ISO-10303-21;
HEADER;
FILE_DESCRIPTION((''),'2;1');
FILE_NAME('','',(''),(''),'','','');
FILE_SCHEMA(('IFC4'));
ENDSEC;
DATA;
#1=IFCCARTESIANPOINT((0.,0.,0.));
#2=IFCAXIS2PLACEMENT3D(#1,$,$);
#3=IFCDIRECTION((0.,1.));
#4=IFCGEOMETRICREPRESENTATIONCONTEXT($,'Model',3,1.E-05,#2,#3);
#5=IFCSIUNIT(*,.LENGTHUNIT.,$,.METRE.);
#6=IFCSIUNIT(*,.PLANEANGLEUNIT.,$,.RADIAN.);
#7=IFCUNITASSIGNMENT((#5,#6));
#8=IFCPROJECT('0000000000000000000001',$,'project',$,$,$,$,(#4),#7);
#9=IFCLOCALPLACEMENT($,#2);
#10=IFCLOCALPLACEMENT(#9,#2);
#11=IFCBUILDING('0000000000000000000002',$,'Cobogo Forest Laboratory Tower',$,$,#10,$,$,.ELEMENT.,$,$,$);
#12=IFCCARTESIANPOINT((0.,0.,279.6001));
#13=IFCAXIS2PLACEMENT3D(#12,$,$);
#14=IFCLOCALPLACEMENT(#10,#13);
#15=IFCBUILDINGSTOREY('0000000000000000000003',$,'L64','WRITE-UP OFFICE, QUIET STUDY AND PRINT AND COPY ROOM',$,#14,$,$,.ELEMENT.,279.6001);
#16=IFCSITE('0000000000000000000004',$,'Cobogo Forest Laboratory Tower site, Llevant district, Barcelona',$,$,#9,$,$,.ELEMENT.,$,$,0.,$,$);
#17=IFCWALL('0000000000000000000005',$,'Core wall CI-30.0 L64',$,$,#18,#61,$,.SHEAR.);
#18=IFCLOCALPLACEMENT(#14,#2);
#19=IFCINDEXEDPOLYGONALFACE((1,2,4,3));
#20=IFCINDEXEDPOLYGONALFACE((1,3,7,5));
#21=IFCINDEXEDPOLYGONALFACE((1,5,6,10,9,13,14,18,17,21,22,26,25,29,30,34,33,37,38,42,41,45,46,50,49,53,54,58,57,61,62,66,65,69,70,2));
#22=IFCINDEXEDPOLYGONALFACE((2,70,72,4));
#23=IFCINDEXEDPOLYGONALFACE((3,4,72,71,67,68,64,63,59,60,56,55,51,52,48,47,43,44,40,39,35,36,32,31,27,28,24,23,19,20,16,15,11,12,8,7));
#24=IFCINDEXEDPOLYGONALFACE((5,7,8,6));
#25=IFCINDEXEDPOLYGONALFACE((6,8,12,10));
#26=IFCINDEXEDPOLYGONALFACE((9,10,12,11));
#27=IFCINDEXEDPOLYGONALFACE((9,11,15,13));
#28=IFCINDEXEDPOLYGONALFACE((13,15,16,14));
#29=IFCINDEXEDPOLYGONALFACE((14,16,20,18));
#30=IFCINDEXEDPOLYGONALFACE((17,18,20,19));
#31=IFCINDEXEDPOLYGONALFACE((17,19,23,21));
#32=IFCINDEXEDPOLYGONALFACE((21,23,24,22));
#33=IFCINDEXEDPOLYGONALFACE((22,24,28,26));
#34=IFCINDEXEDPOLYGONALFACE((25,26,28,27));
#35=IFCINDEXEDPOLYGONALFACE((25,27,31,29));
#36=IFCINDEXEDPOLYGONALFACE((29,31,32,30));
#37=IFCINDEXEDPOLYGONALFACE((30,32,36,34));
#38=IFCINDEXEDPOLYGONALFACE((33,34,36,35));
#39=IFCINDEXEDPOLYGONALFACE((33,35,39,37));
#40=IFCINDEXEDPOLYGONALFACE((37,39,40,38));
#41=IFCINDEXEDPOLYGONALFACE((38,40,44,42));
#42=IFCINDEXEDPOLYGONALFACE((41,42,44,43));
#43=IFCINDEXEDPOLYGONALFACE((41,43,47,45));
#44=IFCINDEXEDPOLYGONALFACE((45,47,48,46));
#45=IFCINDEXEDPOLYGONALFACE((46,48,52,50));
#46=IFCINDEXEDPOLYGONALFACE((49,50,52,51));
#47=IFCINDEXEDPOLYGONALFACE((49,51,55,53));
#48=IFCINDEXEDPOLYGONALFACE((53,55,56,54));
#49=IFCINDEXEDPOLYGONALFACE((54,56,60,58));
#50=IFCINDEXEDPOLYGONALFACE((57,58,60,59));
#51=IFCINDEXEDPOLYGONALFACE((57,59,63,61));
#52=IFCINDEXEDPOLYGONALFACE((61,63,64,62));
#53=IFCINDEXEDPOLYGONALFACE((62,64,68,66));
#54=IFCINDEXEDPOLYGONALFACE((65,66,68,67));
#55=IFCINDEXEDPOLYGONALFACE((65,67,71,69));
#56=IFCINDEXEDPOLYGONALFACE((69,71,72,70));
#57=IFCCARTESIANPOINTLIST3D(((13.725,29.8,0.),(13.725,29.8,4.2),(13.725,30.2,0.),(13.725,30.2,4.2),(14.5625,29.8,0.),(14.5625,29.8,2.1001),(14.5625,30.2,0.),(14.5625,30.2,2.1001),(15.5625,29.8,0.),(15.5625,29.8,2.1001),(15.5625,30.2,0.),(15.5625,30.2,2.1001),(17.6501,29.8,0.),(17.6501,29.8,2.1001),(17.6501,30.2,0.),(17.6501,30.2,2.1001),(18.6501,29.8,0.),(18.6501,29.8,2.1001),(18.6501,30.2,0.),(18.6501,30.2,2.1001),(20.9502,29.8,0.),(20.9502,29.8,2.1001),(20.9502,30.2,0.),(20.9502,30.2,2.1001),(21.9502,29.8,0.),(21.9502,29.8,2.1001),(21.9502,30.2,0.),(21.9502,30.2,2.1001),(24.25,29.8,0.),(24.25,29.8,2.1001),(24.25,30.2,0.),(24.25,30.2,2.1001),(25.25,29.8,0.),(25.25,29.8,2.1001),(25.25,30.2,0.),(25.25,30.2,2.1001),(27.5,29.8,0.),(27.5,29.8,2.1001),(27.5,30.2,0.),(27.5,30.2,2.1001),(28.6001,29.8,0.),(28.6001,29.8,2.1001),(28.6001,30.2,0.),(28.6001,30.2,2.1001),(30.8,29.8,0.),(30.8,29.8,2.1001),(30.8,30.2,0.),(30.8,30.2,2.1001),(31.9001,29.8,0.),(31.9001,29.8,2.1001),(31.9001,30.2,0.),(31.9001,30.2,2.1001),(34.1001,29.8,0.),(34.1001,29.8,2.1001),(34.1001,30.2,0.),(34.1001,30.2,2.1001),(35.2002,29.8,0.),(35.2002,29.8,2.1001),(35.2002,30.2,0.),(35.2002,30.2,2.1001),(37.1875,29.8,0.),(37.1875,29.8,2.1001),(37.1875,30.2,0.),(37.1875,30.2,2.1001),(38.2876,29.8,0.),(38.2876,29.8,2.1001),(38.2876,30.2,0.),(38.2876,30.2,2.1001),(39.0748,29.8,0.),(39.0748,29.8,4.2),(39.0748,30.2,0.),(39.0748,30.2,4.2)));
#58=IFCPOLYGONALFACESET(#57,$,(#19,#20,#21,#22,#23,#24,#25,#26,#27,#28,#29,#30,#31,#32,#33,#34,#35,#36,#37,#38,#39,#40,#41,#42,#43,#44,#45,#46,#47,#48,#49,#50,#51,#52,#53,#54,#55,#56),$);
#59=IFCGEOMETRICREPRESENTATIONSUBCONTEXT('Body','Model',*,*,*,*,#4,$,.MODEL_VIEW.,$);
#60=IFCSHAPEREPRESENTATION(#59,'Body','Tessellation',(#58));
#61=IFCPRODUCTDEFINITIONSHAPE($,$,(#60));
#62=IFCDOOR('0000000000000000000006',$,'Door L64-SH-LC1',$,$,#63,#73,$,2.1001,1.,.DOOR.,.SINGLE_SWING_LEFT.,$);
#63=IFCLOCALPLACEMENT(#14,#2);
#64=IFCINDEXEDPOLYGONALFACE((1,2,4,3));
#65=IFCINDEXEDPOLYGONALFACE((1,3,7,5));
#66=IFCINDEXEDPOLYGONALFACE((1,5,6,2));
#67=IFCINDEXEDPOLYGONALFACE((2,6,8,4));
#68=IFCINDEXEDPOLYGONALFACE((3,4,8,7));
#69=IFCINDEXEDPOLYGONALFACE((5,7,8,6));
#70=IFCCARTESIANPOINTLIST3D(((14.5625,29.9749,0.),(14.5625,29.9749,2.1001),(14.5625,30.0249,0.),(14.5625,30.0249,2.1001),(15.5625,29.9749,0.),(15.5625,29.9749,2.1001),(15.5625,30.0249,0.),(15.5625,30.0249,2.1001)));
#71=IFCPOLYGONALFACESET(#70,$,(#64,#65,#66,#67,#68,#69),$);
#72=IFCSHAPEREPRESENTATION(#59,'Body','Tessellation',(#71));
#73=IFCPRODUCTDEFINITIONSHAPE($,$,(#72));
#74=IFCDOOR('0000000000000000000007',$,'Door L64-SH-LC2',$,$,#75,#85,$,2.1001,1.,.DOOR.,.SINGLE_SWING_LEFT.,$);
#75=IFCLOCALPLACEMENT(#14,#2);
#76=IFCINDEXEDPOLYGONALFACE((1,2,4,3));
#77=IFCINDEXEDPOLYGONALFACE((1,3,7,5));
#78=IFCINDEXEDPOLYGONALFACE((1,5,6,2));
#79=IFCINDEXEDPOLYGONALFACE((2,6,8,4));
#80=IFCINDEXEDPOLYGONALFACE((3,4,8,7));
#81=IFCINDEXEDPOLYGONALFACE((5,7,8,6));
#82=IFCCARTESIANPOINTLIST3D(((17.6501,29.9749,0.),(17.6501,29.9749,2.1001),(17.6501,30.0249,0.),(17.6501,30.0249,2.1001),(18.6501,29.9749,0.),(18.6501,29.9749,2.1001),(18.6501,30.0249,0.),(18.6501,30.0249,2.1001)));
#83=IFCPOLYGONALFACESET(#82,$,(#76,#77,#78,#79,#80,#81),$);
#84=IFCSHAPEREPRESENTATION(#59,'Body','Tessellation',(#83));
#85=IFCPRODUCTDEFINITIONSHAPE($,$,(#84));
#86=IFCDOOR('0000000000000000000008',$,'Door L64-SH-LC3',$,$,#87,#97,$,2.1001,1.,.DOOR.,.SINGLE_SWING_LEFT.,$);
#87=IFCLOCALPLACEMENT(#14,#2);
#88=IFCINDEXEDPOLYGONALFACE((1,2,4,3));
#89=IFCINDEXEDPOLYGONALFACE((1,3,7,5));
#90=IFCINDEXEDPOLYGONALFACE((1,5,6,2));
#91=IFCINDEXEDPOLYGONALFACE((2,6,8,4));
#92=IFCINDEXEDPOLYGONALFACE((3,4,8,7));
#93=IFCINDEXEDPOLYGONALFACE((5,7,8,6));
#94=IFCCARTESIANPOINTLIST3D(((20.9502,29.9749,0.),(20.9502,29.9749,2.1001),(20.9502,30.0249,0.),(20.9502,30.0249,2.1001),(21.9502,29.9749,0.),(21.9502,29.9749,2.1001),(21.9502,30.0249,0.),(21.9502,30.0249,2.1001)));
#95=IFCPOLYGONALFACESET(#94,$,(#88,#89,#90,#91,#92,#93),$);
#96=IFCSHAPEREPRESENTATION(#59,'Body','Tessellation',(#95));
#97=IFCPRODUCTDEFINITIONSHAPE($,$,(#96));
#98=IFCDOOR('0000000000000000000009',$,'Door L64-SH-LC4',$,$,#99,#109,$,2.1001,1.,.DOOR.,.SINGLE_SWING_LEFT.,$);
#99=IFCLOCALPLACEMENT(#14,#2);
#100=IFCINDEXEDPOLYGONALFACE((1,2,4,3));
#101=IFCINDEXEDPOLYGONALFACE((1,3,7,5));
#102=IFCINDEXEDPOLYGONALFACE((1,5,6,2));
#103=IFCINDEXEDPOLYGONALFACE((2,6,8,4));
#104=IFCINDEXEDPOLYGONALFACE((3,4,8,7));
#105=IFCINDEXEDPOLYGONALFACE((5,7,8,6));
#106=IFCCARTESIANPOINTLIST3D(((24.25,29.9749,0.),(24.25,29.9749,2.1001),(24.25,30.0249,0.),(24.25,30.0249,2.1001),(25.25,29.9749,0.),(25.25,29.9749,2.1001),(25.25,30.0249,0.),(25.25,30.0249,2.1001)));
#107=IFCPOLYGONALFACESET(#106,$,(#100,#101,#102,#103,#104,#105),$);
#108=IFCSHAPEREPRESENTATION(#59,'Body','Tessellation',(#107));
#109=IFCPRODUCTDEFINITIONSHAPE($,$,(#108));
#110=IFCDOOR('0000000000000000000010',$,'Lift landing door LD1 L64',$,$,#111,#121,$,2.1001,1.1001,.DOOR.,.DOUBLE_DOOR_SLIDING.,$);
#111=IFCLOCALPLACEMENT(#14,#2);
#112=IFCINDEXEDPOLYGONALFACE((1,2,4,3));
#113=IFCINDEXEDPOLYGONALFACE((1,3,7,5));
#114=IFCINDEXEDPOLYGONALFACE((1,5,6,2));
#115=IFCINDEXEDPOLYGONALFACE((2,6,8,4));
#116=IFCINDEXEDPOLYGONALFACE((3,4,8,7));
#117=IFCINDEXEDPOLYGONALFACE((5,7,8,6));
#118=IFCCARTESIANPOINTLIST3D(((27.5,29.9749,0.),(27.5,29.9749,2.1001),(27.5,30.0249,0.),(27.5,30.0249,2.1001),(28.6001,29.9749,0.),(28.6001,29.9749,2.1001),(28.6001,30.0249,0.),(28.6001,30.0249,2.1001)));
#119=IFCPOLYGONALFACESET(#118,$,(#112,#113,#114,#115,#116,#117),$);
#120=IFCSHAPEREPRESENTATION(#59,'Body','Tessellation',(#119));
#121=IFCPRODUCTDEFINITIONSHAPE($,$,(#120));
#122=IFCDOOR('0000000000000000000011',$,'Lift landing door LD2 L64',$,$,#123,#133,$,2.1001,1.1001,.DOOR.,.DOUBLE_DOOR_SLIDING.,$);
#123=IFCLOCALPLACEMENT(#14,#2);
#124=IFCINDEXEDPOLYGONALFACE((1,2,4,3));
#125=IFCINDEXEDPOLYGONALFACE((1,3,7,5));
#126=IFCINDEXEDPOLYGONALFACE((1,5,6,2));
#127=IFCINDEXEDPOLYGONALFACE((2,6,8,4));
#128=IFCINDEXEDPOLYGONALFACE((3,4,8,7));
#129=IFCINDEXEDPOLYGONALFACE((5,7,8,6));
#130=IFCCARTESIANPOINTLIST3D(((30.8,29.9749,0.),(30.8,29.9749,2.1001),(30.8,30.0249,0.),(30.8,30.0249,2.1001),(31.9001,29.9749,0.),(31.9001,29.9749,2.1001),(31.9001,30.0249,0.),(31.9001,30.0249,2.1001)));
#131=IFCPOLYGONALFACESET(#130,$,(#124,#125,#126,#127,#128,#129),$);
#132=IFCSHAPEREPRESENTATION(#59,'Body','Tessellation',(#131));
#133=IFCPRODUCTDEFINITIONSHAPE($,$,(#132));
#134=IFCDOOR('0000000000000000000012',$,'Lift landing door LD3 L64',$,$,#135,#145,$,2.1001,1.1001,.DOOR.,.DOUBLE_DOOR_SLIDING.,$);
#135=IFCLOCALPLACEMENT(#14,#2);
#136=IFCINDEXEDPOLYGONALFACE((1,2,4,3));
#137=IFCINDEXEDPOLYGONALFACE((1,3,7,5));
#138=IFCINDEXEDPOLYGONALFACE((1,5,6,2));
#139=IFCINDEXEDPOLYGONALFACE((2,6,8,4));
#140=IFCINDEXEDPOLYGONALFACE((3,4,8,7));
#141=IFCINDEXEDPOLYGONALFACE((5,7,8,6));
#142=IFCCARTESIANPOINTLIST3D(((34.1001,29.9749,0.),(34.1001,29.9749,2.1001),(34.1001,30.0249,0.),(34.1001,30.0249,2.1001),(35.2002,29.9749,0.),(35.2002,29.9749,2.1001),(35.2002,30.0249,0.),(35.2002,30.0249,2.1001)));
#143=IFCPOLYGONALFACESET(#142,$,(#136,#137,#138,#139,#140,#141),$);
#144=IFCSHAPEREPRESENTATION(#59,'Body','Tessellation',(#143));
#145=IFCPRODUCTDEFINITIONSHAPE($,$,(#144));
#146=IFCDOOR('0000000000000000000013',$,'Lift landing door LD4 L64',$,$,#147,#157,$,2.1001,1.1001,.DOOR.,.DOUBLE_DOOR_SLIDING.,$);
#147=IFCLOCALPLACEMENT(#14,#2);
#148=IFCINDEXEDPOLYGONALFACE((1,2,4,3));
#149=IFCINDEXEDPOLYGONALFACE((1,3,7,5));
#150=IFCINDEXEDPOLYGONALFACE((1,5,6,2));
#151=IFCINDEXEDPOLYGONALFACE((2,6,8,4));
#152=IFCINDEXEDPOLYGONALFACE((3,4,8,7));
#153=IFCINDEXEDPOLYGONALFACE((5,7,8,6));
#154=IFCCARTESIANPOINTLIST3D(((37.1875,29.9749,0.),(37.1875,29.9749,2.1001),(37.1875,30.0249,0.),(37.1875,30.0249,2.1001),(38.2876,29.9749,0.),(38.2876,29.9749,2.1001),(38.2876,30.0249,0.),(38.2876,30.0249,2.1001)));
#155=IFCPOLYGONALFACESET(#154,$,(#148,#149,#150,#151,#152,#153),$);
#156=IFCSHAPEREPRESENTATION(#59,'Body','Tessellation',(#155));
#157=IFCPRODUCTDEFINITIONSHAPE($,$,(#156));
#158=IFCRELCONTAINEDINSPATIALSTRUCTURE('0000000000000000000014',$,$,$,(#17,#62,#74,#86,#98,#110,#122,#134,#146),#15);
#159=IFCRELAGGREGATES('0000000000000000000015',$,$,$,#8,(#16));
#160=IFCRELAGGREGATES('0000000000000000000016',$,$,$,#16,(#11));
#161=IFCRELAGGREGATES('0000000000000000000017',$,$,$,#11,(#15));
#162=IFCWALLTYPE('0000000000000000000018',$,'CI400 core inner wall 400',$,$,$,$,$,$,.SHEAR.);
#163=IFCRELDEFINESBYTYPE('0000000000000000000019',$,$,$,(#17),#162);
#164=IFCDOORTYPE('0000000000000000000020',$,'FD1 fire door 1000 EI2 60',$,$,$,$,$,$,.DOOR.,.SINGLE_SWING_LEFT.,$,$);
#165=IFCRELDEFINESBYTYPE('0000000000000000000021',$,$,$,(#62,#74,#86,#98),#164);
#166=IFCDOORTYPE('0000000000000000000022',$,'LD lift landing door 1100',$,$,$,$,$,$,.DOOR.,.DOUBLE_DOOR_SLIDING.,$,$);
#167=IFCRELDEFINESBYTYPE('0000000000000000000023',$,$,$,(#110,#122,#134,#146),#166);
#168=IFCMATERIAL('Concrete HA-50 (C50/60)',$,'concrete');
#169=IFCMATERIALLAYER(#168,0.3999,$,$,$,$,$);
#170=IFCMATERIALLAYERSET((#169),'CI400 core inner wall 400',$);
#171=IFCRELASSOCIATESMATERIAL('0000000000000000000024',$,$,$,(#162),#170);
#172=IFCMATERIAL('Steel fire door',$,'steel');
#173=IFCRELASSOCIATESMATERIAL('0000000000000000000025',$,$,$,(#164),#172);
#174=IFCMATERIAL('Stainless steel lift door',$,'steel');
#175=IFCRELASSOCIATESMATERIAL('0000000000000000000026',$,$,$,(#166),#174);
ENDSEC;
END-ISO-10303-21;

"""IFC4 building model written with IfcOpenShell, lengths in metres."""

from ifc_helpers import new_model, si_unit, direction, frame, frame_2d, origin, place, context, subcontext, project, spatial, rectangle, extrude, material, layer, layer_set, type_object, element, fill, save


model = new_model("IFC4")

# Units and contexts
model_context = context("Model", 3, precision=1e-05, world=origin(), true_north=direction((0.0, 1.0)))
body_context = subcontext(model_context, "Body", "Model", "MODEL_VIEW")
ifc_project = project(units=[si_unit("LENGTHUNIT", "METRE"), si_unit("PLANEANGLEUNIT", "RADIAN")], contexts=[model_context])

# Site, building, storey
site_placement = place(None, origin())
site = spatial("IfcSite", under=ifc_project, at=site_placement, Name="Cobogo Forest Laboratory Tower site, Llevant district, Barcelona", CompositionType="ELEMENT", RefElevation=0.0)
building_placement = place(site_placement, origin())
building = spatial("IfcBuilding", under=site, at=building_placement, Name="Cobogo Forest Laboratory Tower", CompositionType="ELEMENT")
storey_placement = place(building_placement, frame((0.0, 0.0, 279.6001)))
storey = spatial("IfcBuildingStorey", under=building, at=storey_placement, Name="L64", Description="WRITE-UP OFFICE, QUIET STUDY AND PRINT AND COPY ROOM", CompositionType="ELEMENT", Elevation=279.6001)

# Wall, openings, doors
ifc_material_1 = material(Name="Concrete HA-50 (C50/60)", Category="concrete")
ifc_layer_1 = layer(ifc_material_1, 0.3999)
ifc_layer_set_1 = layer_set([ifc_layer_1], Name="CI400 core inner wall 400")
wall_type_1 = type_object("IfcWallType", Name="CI400 core inner wall 400", PredefinedType="SHEAR", material=ifc_layer_set_1)
wall_1_placement = place(storey_placement, frame((13.7251, 30.0, 0.0), z_axis=(0.0, 0.0, 1.0), x_axis=(1.0, 0.0, 0.0)))
wall_1 = element("IfcWall", 1, at=wall_1_placement, inside=storey, type_object=wall_type_1, Name="Core wall CI-30.0 L64", PredefinedType="SHEAR", context=body_context, shape_type="SweptSolid", body=[
    extrude(rectangle(XDim=25.3499, YDim=0.3999, at=frame_2d((12.6748, 0.0))), origin(), (0.0, 0.0, 1.0), 4.2),
])
opening_1_placement = place(wall_1_placement, frame((0.8374, 0.0, 0.0)))
opening_1 = element("IfcOpeningElement", 2, at=opening_1_placement, cuts=wall_1, PredefinedType="OPENING", context=body_context, shape_type="SweptSolid", body=[
    extrude(rectangle(XDim=1.0, YDim=2.1001, at=frame_2d((0.5, 1.05))), frame((0.0, 0.21, 0.0), z_axis=(0.0, -1.0, 0.0), x_axis=(1.0, 0.0, 0.0)), (0.0, 0.0, 1.0), 0.4199),
])
opening_2_placement = place(wall_1_placement, frame((3.925, 0.0, 0.0)))
opening_2 = element("IfcOpeningElement", 3, at=opening_2_placement, cuts=wall_1, PredefinedType="OPENING", context=body_context, shape_type="SweptSolid", body=[
    extrude(rectangle(XDim=1.0, YDim=2.1001, at=frame_2d((0.5, 1.05))), frame((0.0, 0.21, 0.0), z_axis=(0.0, -1.0, 0.0), x_axis=(1.0, 0.0, 0.0)), (0.0, 0.0, 1.0), 0.4199),
])
opening_3_placement = place(wall_1_placement, frame((7.2251, 0.0, 0.0)))
opening_3 = element("IfcOpeningElement", 4, at=opening_3_placement, cuts=wall_1, PredefinedType="OPENING", context=body_context, shape_type="SweptSolid", body=[
    extrude(rectangle(XDim=1.0, YDim=2.1001, at=frame_2d((0.5, 1.05))), frame((0.0, 0.21, 0.0), z_axis=(0.0, -1.0, 0.0), x_axis=(1.0, 0.0, 0.0)), (0.0, 0.0, 1.0), 0.4199),
])
opening_4_placement = place(wall_1_placement, frame((10.5249, 0.0, 0.0)))
opening_4 = element("IfcOpeningElement", 5, at=opening_4_placement, cuts=wall_1, PredefinedType="OPENING", context=body_context, shape_type="SweptSolid", body=[
    extrude(rectangle(XDim=1.0, YDim=2.1001, at=frame_2d((0.5, 1.05))), frame((0.0, 0.21, 0.0), z_axis=(0.0, -1.0, 0.0), x_axis=(1.0, 0.0, 0.0)), (0.0, 0.0, 1.0), 0.4199),
])
opening_5_placement = place(wall_1_placement, frame((13.7749, 0.0, 0.0)))
opening_5 = element("IfcOpeningElement", 6, at=opening_5_placement, cuts=wall_1, PredefinedType="OPENING", context=body_context, shape_type="SweptSolid", body=[
    extrude(rectangle(XDim=1.1001, YDim=2.1001, at=frame_2d((0.55, 1.05))), frame((0.0, 0.21, 0.0), z_axis=(0.0, -1.0, 0.0), x_axis=(1.0, 0.0, 0.0)), (0.0, 0.0, 1.0), 0.4199),
])
opening_6_placement = place(wall_1_placement, frame((17.075, 0.0, 0.0)))
opening_6 = element("IfcOpeningElement", 7, at=opening_6_placement, cuts=wall_1, PredefinedType="OPENING", context=body_context, shape_type="SweptSolid", body=[
    extrude(rectangle(XDim=1.1001, YDim=2.1001, at=frame_2d((0.55, 1.05))), frame((0.0, 0.21, 0.0), z_axis=(0.0, -1.0, 0.0), x_axis=(1.0, 0.0, 0.0)), (0.0, 0.0, 1.0), 0.4199),
])
opening_7_placement = place(wall_1_placement, frame((20.375, 0.0, 0.0)))
opening_7 = element("IfcOpeningElement", 8, at=opening_7_placement, cuts=wall_1, PredefinedType="OPENING", context=body_context, shape_type="SweptSolid", body=[
    extrude(rectangle(XDim=1.1001, YDim=2.1001, at=frame_2d((0.55, 1.05))), frame((0.0, 0.21, 0.0), z_axis=(0.0, -1.0, 0.0), x_axis=(1.0, 0.0, 0.0)), (0.0, 0.0, 1.0), 0.4199),
])
opening_8_placement = place(wall_1_placement, frame((23.4624, 0.0, 0.0)))
opening_8 = element("IfcOpeningElement", 9, at=opening_8_placement, cuts=wall_1, PredefinedType="OPENING", context=body_context, shape_type="SweptSolid", body=[
    extrude(rectangle(XDim=1.1001, YDim=2.1001, at=frame_2d((0.55, 1.05))), frame((0.0, 0.21, 0.0), z_axis=(0.0, -1.0, 0.0), x_axis=(1.0, 0.0, 0.0)), (0.0, 0.0, 1.0), 0.4199),
])
ifc_material_2 = material(Name="Steel fire door", Category="steel")
door_type_1 = type_object("IfcDoorType", Name="FD1 fire door 1000 EI2 60", OperationType="SINGLE_SWING_LEFT", PredefinedType="DOOR", material=ifc_material_2)
door_1_placement = place(opening_1_placement, origin())
door_1 = element("IfcDoor", 10, at=door_1_placement, inside=storey, type_object=door_type_1, Name="Door L64-SH-LC1", OperationType="SINGLE_SWING_LEFT", OverallHeight=2.1001, OverallWidth=1.0, PredefinedType="DOOR", context=body_context, shape_type="SweptSolid", body=[
    extrude(rectangle(XDim=1.0, YDim=2.1001, at=frame_2d((0.5, 1.05))), frame((0.0, 0.0249, 0.0), z_axis=(0.0, -1.0, 0.0), x_axis=(1.0, 0.0, 0.0)), (0.0, 0.0, 1.0), 0.05),
])
fill(opening_1, door_1)
door_2_placement = place(opening_2_placement, origin())
door_2 = element("IfcDoor", 11, at=door_2_placement, inside=storey, type_object=door_type_1, Name="Door L64-SH-LC2", OperationType="SINGLE_SWING_LEFT", OverallHeight=2.1001, OverallWidth=1.0, PredefinedType="DOOR", context=body_context, shape_type="SweptSolid", body=[
    extrude(rectangle(XDim=1.0, YDim=2.1001, at=frame_2d((0.5, 1.05))), frame((0.0, 0.0249, 0.0), z_axis=(0.0, -1.0, 0.0), x_axis=(1.0, 0.0, 0.0)), (0.0, 0.0, 1.0), 0.05),
])
fill(opening_2, door_2)
door_3_placement = place(opening_3_placement, origin())
door_3 = element("IfcDoor", 12, at=door_3_placement, inside=storey, type_object=door_type_1, Name="Door L64-SH-LC3", OperationType="SINGLE_SWING_LEFT", OverallHeight=2.1001, OverallWidth=1.0, PredefinedType="DOOR", context=body_context, shape_type="SweptSolid", body=[
    extrude(rectangle(XDim=1.0, YDim=2.1001, at=frame_2d((0.5, 1.05))), frame((0.0, 0.0249, 0.0), z_axis=(0.0, -1.0, 0.0), x_axis=(1.0, 0.0, 0.0)), (0.0, 0.0, 1.0), 0.05),
])
fill(opening_3, door_3)
door_4_placement = place(opening_4_placement, origin())
door_4 = element("IfcDoor", 13, at=door_4_placement, inside=storey, type_object=door_type_1, Name="Door L64-SH-LC4", OperationType="SINGLE_SWING_LEFT", OverallHeight=2.1001, OverallWidth=1.0, PredefinedType="DOOR", context=body_context, shape_type="SweptSolid", body=[
    extrude(rectangle(XDim=1.0, YDim=2.1001, at=frame_2d((0.5, 1.05))), frame((0.0, 0.0249, 0.0), z_axis=(0.0, -1.0, 0.0), x_axis=(1.0, 0.0, 0.0)), (0.0, 0.0, 1.0), 0.05),
])
fill(opening_4, door_4)
ifc_material_3 = material(Name="Stainless steel lift door", Category="steel")
door_type_2 = type_object("IfcDoorType", Name="LD lift landing door 1100", OperationType="DOUBLE_DOOR_SLIDING", PredefinedType="DOOR", material=ifc_material_3)
door_5_placement = place(opening_5_placement, origin())
door_5 = element("IfcDoor", 14, at=door_5_placement, inside=storey, type_object=door_type_2, Name="Lift landing door LD1 L64", OperationType="DOUBLE_DOOR_SLIDING", OverallHeight=2.1001, OverallWidth=1.1001, PredefinedType="DOOR", context=body_context, shape_type="SweptSolid", body=[
    extrude(rectangle(XDim=1.1001, YDim=2.1001, at=frame_2d((0.55, 1.05))), frame((0.0, 0.0249, 0.0), z_axis=(0.0, -1.0, 0.0), x_axis=(1.0, 0.0, 0.0)), (0.0, 0.0, 1.0), 0.05),
])
fill(opening_5, door_5)
door_6_placement = place(opening_6_placement, origin())
door_6 = element("IfcDoor", 15, at=door_6_placement, inside=storey, type_object=door_type_2, Name="Lift landing door LD2 L64", OperationType="DOUBLE_DOOR_SLIDING", OverallHeight=2.1001, OverallWidth=1.1001, PredefinedType="DOOR", context=body_context, shape_type="SweptSolid", body=[
    extrude(rectangle(XDim=1.1001, YDim=2.1001, at=frame_2d((0.55, 1.05))), frame((0.0, 0.0249, 0.0), z_axis=(0.0, -1.0, 0.0), x_axis=(1.0, 0.0, 0.0)), (0.0, 0.0, 1.0), 0.05),
])
fill(opening_6, door_6)
door_7_placement = place(opening_7_placement, origin())
door_7 = element("IfcDoor", 16, at=door_7_placement, inside=storey, type_object=door_type_2, Name="Lift landing door LD3 L64", OperationType="DOUBLE_DOOR_SLIDING", OverallHeight=2.1001, OverallWidth=1.1001, PredefinedType="DOOR", context=body_context, shape_type="SweptSolid", body=[
    extrude(rectangle(XDim=1.1001, YDim=2.1001, at=frame_2d((0.55, 1.05))), frame((0.0, 0.0249, 0.0), z_axis=(0.0, -1.0, 0.0), x_axis=(1.0, 0.0, 0.0)), (0.0, 0.0, 1.0), 0.05),
])
fill(opening_7, door_7)
door_8_placement = place(opening_8_placement, origin())
door_8 = element("IfcDoor", 17, at=door_8_placement, inside=storey, type_object=door_type_2, Name="Lift landing door LD4 L64", OperationType="DOUBLE_DOOR_SLIDING", OverallHeight=2.1001, OverallWidth=1.1001, PredefinedType="DOOR", context=body_context, shape_type="SweptSolid", body=[
    extrude(rectangle(XDim=1.1001, YDim=2.1001, at=frame_2d((0.55, 1.05))), frame((0.0, 0.0249, 0.0), z_axis=(0.0, -1.0, 0.0), x_axis=(1.0, 0.0, 0.0)), (0.0, 0.0, 1.0), 0.05),
])
fill(opening_8, door_8)

save(model, "model.ifc")
